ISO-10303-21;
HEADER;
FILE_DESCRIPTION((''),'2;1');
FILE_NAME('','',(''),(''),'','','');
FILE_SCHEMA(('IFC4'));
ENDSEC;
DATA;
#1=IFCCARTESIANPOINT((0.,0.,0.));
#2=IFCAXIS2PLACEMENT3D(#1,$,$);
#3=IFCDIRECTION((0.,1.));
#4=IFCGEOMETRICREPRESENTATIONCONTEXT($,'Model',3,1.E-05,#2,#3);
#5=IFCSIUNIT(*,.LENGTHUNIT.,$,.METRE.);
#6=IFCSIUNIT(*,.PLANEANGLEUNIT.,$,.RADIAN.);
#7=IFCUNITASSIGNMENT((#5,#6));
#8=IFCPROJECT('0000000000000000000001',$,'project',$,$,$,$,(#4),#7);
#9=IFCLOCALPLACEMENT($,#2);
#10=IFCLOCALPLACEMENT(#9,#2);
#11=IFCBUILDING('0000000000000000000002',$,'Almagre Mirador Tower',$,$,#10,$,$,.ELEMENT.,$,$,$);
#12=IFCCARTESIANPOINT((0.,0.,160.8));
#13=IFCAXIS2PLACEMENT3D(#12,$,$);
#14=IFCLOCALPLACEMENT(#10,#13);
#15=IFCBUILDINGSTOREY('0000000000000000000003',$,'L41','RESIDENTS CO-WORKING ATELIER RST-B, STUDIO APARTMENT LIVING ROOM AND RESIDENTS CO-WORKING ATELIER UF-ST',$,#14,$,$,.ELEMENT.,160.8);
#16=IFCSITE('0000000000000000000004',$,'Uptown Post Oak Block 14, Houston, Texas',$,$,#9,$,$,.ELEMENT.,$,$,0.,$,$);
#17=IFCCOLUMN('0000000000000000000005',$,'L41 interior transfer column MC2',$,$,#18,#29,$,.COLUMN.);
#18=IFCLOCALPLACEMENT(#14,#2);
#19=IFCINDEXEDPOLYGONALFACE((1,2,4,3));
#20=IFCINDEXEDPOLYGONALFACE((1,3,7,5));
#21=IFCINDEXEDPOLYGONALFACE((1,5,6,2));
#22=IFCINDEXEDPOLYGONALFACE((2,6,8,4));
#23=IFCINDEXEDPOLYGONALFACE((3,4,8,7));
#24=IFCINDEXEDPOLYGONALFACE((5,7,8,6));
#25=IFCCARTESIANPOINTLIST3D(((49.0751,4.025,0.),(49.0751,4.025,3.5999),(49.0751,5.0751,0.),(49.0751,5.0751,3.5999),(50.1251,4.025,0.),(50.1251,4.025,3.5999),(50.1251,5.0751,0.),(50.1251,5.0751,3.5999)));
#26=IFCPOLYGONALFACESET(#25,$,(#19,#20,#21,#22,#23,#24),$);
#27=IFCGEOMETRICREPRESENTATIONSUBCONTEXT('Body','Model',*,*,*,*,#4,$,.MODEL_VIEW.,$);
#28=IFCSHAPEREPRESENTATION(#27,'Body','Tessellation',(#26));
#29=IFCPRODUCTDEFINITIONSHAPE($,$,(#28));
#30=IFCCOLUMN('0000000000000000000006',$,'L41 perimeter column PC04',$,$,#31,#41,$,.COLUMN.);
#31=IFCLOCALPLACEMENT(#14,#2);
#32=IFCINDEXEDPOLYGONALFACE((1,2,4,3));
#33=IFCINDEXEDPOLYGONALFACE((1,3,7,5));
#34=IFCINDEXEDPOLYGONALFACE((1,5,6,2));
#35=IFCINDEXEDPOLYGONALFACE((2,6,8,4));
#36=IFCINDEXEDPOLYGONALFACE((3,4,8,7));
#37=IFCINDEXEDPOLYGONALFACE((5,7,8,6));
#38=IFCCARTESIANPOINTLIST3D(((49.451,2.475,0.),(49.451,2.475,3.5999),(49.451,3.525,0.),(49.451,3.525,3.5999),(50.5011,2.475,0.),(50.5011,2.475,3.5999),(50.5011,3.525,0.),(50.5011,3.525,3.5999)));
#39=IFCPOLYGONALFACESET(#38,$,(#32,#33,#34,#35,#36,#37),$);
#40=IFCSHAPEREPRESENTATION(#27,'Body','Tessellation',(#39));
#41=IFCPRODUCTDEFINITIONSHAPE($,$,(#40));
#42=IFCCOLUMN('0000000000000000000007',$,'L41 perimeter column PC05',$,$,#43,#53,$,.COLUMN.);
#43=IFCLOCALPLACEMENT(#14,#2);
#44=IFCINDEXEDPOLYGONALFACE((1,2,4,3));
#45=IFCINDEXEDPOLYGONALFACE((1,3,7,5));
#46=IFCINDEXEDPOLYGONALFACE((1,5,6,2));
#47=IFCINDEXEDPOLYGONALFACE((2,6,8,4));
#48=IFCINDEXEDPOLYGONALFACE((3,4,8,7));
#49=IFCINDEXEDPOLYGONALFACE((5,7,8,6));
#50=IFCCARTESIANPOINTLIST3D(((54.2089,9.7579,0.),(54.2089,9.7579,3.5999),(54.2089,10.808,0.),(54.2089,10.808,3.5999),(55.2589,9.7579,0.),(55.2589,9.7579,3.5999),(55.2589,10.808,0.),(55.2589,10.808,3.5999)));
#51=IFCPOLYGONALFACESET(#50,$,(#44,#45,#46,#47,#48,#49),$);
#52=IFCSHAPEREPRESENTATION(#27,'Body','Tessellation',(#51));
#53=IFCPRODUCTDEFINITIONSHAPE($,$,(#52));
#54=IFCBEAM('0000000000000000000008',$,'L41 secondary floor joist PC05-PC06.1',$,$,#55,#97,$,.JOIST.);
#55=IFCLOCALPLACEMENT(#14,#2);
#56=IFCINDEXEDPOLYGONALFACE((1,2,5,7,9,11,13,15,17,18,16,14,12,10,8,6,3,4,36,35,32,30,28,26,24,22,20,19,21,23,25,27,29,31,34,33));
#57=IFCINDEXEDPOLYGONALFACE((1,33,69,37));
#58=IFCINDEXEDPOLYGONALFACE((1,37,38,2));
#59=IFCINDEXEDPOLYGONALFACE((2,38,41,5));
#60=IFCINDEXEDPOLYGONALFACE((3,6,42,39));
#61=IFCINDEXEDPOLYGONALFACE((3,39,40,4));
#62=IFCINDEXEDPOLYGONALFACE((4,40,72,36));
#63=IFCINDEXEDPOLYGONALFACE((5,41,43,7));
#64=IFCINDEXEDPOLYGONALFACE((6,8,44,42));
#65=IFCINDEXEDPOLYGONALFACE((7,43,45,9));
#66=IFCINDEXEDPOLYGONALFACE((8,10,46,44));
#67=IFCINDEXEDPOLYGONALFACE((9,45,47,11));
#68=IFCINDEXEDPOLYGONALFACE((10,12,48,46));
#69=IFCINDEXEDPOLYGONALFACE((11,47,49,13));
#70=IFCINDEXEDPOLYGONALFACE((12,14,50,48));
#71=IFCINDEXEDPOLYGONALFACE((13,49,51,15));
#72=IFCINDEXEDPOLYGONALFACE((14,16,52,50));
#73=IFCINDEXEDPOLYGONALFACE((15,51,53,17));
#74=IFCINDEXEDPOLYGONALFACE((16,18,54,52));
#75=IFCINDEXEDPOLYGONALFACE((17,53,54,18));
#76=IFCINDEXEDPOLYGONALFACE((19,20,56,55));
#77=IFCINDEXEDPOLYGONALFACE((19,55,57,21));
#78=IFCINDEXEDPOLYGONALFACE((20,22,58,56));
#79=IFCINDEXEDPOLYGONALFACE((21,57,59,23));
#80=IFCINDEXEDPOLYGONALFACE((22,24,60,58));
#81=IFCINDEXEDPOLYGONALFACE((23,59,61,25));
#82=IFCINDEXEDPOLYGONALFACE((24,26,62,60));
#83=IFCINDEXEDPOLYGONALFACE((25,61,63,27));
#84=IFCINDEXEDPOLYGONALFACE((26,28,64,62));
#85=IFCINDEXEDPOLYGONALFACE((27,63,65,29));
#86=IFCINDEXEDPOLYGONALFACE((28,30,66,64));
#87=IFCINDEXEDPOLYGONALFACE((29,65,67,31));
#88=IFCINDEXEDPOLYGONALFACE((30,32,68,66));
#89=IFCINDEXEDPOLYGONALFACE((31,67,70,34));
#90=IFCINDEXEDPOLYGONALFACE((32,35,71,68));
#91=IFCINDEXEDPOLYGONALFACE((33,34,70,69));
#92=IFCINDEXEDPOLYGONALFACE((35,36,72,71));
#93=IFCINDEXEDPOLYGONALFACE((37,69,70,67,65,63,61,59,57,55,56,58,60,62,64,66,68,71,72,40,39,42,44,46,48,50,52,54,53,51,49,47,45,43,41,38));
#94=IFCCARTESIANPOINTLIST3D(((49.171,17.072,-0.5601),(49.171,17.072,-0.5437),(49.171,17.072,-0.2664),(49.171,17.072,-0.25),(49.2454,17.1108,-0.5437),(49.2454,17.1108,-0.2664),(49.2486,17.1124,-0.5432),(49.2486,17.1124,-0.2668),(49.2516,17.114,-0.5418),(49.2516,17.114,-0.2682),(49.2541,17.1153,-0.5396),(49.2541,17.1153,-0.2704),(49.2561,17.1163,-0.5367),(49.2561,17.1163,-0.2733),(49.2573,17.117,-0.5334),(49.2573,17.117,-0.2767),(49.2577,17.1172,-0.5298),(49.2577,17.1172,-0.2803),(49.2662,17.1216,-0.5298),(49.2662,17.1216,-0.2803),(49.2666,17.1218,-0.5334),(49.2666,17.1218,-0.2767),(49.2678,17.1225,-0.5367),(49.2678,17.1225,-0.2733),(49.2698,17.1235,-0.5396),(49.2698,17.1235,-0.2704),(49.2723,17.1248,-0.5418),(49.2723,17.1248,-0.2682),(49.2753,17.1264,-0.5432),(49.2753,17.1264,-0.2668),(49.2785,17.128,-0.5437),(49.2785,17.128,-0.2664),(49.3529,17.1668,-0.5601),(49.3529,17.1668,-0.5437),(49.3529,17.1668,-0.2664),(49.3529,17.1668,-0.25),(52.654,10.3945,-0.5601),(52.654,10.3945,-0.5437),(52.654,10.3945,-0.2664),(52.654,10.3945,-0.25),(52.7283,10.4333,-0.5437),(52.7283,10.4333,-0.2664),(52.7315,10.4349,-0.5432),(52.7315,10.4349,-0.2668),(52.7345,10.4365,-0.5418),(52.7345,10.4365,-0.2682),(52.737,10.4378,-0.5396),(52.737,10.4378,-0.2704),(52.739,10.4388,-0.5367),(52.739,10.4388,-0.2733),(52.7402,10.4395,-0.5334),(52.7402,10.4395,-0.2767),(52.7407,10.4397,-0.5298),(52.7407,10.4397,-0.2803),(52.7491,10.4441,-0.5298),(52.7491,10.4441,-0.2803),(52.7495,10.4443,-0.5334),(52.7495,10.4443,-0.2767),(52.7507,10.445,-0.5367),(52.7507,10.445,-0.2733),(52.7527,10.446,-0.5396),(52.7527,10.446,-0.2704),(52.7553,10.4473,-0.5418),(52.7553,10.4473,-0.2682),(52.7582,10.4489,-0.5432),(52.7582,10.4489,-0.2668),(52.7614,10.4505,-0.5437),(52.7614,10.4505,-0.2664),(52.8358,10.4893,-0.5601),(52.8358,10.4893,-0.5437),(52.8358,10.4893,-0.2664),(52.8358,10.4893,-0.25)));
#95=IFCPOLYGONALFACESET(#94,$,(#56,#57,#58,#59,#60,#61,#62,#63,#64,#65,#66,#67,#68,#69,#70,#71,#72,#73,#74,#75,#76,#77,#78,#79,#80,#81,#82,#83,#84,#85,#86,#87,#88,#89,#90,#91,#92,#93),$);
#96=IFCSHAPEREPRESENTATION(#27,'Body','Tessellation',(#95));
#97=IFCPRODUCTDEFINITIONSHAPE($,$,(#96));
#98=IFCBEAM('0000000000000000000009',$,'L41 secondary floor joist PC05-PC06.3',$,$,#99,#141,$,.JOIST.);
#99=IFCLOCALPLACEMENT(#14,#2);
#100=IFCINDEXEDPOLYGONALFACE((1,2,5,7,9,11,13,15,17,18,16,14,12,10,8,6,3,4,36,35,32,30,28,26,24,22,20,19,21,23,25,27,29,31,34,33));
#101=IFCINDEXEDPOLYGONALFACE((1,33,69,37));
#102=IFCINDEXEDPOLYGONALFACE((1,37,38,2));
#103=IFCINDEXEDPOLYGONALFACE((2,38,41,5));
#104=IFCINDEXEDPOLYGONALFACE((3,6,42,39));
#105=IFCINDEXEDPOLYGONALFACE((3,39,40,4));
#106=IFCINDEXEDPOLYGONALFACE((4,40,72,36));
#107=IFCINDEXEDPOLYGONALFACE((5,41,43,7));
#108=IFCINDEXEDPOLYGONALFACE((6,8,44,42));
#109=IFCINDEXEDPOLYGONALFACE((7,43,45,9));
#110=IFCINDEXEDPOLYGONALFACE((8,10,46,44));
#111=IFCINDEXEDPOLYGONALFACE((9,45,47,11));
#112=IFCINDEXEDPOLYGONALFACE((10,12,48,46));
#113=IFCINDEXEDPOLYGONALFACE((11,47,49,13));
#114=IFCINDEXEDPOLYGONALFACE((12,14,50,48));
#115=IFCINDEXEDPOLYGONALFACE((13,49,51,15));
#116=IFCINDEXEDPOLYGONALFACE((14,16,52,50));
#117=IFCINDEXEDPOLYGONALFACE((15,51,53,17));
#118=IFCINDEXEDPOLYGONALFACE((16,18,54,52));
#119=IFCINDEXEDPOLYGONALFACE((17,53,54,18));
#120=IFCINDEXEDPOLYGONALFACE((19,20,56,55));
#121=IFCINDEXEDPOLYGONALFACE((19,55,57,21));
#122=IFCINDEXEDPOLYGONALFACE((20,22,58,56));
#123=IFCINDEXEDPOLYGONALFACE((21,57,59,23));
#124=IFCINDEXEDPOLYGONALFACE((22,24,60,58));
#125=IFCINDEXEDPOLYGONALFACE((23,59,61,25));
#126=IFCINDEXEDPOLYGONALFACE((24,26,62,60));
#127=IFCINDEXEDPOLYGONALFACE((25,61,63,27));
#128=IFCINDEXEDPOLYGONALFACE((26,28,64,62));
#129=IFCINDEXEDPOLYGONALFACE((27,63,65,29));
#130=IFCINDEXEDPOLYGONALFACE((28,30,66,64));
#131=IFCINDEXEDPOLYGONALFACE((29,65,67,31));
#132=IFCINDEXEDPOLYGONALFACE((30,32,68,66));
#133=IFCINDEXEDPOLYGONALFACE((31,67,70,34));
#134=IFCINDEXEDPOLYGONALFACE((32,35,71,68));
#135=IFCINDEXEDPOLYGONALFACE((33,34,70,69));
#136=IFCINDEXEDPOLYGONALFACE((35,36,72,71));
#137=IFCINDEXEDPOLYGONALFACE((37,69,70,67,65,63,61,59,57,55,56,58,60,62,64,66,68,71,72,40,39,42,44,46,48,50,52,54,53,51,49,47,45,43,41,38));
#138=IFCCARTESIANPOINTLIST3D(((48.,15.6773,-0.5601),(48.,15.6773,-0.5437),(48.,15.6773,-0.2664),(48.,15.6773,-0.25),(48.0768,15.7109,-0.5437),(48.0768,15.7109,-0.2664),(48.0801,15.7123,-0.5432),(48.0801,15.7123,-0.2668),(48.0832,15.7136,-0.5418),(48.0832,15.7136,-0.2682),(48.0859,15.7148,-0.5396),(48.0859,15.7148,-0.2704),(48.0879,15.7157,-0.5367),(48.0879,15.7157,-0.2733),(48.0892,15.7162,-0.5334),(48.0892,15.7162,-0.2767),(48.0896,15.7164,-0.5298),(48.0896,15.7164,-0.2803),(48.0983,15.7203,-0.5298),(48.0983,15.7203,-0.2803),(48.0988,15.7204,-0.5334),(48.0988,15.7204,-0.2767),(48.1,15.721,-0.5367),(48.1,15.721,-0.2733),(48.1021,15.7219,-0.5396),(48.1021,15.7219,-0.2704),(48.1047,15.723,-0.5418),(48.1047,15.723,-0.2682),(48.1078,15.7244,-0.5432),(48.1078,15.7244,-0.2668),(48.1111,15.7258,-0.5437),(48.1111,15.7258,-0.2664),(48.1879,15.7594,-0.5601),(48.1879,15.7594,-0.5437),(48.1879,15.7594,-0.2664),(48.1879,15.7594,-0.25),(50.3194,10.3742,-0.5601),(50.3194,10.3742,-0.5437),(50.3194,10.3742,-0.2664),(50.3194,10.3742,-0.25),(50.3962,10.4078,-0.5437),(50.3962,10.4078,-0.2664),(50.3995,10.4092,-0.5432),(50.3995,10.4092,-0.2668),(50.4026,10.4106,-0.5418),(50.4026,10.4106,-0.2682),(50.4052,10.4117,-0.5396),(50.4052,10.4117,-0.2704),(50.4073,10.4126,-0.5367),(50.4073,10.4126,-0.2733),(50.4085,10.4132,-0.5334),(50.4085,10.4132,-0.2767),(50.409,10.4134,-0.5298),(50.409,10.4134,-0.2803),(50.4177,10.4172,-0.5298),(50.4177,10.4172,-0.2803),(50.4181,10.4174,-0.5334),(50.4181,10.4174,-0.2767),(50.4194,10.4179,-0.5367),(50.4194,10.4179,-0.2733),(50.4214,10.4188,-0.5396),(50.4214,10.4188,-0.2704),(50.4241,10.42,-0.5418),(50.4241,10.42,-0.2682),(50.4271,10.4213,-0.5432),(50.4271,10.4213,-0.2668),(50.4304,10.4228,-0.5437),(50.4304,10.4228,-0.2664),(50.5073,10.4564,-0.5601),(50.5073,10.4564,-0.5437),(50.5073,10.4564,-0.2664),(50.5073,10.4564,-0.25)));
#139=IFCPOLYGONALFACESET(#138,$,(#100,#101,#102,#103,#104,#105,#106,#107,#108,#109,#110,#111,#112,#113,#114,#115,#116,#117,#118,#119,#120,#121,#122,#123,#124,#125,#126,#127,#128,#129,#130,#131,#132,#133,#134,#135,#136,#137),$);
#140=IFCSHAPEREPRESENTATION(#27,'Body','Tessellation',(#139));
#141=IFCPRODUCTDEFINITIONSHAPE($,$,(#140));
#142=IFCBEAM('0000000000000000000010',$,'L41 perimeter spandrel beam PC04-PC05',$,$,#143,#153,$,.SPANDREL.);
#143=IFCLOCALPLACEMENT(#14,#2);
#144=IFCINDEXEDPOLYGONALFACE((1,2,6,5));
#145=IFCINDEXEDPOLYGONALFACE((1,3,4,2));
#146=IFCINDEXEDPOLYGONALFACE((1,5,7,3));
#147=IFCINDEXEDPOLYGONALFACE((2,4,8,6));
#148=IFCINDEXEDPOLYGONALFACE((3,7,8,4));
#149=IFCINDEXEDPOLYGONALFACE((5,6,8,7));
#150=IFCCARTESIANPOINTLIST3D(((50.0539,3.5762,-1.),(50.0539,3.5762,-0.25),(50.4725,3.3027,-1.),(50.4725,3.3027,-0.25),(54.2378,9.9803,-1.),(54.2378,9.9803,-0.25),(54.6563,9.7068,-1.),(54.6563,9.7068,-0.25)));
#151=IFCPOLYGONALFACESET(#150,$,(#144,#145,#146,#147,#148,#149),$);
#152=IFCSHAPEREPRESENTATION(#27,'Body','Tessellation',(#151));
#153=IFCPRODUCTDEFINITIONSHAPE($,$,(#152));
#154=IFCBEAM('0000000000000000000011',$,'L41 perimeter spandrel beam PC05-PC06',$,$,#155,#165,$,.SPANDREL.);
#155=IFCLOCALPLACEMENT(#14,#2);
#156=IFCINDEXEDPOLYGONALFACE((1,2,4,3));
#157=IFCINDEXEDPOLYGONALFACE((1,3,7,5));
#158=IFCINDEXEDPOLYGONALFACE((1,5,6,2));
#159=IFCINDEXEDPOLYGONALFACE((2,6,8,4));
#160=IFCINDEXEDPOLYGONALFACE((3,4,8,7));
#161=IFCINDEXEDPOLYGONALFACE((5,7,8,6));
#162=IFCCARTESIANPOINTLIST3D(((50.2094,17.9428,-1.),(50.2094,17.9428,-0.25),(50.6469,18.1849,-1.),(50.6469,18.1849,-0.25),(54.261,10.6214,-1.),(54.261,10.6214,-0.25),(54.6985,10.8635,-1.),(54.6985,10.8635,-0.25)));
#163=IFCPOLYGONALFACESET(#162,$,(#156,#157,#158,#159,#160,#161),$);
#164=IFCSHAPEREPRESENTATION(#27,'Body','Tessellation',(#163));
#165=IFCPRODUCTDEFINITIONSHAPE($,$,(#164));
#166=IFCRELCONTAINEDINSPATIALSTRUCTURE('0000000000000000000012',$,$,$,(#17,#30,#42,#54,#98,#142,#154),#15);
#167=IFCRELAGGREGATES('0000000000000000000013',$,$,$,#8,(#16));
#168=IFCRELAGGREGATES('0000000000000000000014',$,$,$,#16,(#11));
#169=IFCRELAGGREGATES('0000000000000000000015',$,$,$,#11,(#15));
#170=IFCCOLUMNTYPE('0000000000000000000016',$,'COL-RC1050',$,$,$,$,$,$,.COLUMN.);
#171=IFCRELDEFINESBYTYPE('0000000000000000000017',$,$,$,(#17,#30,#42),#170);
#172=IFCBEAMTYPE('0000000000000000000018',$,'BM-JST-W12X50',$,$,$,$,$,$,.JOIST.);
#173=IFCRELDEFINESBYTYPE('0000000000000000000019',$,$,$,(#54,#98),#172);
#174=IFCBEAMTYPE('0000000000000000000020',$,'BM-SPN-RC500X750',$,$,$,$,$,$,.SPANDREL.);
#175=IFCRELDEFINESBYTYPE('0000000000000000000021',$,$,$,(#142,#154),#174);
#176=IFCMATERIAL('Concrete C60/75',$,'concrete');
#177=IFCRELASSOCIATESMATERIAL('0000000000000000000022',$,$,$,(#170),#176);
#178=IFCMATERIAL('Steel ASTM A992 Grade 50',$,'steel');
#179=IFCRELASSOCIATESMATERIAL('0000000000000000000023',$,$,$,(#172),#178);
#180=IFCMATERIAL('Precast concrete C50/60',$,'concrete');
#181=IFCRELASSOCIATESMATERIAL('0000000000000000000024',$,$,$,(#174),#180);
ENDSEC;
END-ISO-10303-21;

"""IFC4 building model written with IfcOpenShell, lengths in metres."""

from ifc_helpers import new_model, si_unit, direction, frame, origin, origin_2d, place, context, subcontext, project, spatial, rectangle, i_section, extrude, material, material_profile, profile_set, type_object, element, save


model = new_model("IFC4")

# Units and contexts
model_context = context("Model", 3, precision=1e-05, world=origin(), true_north=direction((0.0, 1.0)))
body_context = subcontext(model_context, "Body", "Model", "MODEL_VIEW")
ifc_project = project(units=[si_unit("LENGTHUNIT", "METRE"), si_unit("PLANEANGLEUNIT", "RADIAN")], contexts=[model_context])

# Site, building, storey
site_placement = place(None, origin())
site = spatial("IfcSite", under=ifc_project, at=site_placement, Name="Uptown Post Oak Block 14, Houston, Texas", CompositionType="ELEMENT", RefElevation=0.0)
building_placement = place(site_placement, origin())
building = spatial("IfcBuilding", under=site, at=building_placement, Name="Almagre Mirador Tower", CompositionType="ELEMENT")
storey_placement = place(building_placement, frame((0.0, 0.0, 160.8)))
storey = spatial("IfcBuildingStorey", under=building, at=storey_placement, Name="L41", Description="RESIDENTS CO-WORKING ATELIER RST-B, STUDIO APARTMENT LIVING ROOM AND RESIDENTS CO-WORKING ATELIER UF-ST", CompositionType="ELEMENT", Elevation=160.8)

# Columns
ifc_material_1 = material(Name="Concrete C60/75", Category="concrete")
ifc_material_profile_1 = material_profile(ifc_material_1, rectangle(XDim=1.05, YDim=1.05, at=origin_2d()), Name="RC1050X1050")
ifc_profile_set_1 = profile_set([ifc_material_profile_1], Name="Concrete C60/75")
column_type = type_object("IfcColumnType", Name="COL-RC1050", PredefinedType="COLUMN", material=ifc_profile_set_1)
for number, where, z_axis, x_axis, name in (
    (1, (49.6001, 4.55, 0.0), (0.0, 0.0, 1.0), (1.0, 0.0, 0.0), "L41 interior transfer column MC2"),
    (2, (49.9761, 3.0, 0.0), (0.0, 0.0, 1.0), (1.0, 0.0, 0.0), "L41 perimeter column PC04"),
    (3, (54.7339, 10.283, 0.0), (0.0, 0.0, 1.0), (1.0, 0.0, 0.0), "L41 perimeter column PC05"),
):
    element("IfcColumn", number, at=place(storey_placement, frame(where, z_axis=z_axis, x_axis=x_axis)), inside=storey, type_object=column_type, Name=name, PredefinedType="COLUMN", context=body_context, shape_type="SweptSolid", body=[
        extrude(rectangle(XDim=1.05, YDim=1.05, at=origin_2d()), origin(), (0.0, 0.0, 1.0), 3.5999),
    ])

# Beams
ifc_material_2 = material(Name="Steel ASTM A992 Grade 50", Category="steel")
ifc_material_profile_2 = material_profile(ifc_material_2, i_section(OverallWidth=0.2051, OverallDepth=0.3101, WebThickness=0.0095, FlangeThickness=0.0164, FilletRadius=0.0139, at=origin_2d()), Name="W12X50")
ifc_profile_set_2 = profile_set([ifc_material_profile_2], Name="Steel ASTM A992 Grade 50")
beam_type_1 = type_object("IfcBeamType", Name="BM-JST-W12X50", PredefinedType="JOIST", material=ifc_profile_set_2)
beam_1_placement = place(storey_placement, frame((52.7449, 10.4419, -0.405), z_axis=(-0.462462, 0.886639, 0.0), x_axis=(-0.886639, -0.462462, 0.0)))
element("IfcBeam", 4, at=beam_1_placement, inside=storey, type_object=beam_type_1, Name="L41 secondary floor joist PC05-PC06.1", PredefinedType="JOIST", context=body_context, shape_type="SweptSolid", body=[
    extrude(i_section(OverallWidth=0.2051, OverallDepth=0.3101, WebThickness=0.0095, FlangeThickness=0.0164, FilletRadius=0.0139, at=origin_2d()), origin(), (0.0, 0.0, 1.0), 7.5312),
])
beam_2_placement = place(storey_placement, frame((50.4133, 10.4153, -0.405), z_axis=(-0.400715, 0.916203, 0.0), x_axis=(-0.916203, -0.400715, 0.0)))
element("IfcBeam", 5, at=beam_2_placement, inside=storey, type_object=beam_type_1, Name="L41 secondary floor joist PC05-PC06.3", PredefinedType="JOIST", context=body_context, shape_type="SweptSolid", body=[
    extrude(i_section(OverallWidth=0.2051, OverallDepth=0.3101, WebThickness=0.0095, FlangeThickness=0.0164, FilletRadius=0.0139, at=origin_2d()), origin(), (0.0, 0.0, 1.0), 5.7881),
])
ifc_material_3 = material(Name="Precast concrete C50/60", Category="concrete")
ifc_material_profile_3 = material_profile(ifc_material_3, rectangle(XDim=0.5, YDim=0.75, at=origin_2d()), Name="RC500X750")
ifc_profile_set_3 = profile_set([ifc_material_profile_3], Name="Precast concrete C50/60")
beam_type_2 = type_object("IfcBeamType", Name="BM-SPN-RC500X750", PredefinedType="SPANDREL", material=ifc_profile_set_3)
beam_3_placement = place(storey_placement, frame((50.2632, 3.4395, -0.625), z_axis=(0.546935, 0.837175, 0.0), x_axis=(-0.837175, 0.546935, 0.0)))
element("IfcBeam", 6, at=beam_3_placement, inside=storey, type_object=beam_type_2, Name="L41 perimeter spandrel beam PC04-PC05", PredefinedType="SPANDREL", context=body_context, shape_type="SweptSolid", body=[
    extrude(rectangle(XDim=0.5, YDim=0.75, at=origin_2d()), origin(), (0.0, 0.0, 1.0), 7.6497),
])
beam_4_placement = place(storey_placement, frame((54.4797, 10.7424, -0.625), z_axis=(-0.484193, 0.874961, 0.0), x_axis=(-0.874961, -0.484193, 0.0)))
element("IfcBeam", 7, at=beam_4_placement, inside=storey, type_object=beam_type_2, Name="L41 perimeter spandrel beam PC05-PC06", PredefinedType="SPANDREL", context=body_context, shape_type="SweptSolid", body=[
    extrude(rectangle(XDim=0.5, YDim=0.75, at=origin_2d()), origin(), (0.0, 0.0, 1.0), 8.3677),
])

save(model, "model.ifc")
